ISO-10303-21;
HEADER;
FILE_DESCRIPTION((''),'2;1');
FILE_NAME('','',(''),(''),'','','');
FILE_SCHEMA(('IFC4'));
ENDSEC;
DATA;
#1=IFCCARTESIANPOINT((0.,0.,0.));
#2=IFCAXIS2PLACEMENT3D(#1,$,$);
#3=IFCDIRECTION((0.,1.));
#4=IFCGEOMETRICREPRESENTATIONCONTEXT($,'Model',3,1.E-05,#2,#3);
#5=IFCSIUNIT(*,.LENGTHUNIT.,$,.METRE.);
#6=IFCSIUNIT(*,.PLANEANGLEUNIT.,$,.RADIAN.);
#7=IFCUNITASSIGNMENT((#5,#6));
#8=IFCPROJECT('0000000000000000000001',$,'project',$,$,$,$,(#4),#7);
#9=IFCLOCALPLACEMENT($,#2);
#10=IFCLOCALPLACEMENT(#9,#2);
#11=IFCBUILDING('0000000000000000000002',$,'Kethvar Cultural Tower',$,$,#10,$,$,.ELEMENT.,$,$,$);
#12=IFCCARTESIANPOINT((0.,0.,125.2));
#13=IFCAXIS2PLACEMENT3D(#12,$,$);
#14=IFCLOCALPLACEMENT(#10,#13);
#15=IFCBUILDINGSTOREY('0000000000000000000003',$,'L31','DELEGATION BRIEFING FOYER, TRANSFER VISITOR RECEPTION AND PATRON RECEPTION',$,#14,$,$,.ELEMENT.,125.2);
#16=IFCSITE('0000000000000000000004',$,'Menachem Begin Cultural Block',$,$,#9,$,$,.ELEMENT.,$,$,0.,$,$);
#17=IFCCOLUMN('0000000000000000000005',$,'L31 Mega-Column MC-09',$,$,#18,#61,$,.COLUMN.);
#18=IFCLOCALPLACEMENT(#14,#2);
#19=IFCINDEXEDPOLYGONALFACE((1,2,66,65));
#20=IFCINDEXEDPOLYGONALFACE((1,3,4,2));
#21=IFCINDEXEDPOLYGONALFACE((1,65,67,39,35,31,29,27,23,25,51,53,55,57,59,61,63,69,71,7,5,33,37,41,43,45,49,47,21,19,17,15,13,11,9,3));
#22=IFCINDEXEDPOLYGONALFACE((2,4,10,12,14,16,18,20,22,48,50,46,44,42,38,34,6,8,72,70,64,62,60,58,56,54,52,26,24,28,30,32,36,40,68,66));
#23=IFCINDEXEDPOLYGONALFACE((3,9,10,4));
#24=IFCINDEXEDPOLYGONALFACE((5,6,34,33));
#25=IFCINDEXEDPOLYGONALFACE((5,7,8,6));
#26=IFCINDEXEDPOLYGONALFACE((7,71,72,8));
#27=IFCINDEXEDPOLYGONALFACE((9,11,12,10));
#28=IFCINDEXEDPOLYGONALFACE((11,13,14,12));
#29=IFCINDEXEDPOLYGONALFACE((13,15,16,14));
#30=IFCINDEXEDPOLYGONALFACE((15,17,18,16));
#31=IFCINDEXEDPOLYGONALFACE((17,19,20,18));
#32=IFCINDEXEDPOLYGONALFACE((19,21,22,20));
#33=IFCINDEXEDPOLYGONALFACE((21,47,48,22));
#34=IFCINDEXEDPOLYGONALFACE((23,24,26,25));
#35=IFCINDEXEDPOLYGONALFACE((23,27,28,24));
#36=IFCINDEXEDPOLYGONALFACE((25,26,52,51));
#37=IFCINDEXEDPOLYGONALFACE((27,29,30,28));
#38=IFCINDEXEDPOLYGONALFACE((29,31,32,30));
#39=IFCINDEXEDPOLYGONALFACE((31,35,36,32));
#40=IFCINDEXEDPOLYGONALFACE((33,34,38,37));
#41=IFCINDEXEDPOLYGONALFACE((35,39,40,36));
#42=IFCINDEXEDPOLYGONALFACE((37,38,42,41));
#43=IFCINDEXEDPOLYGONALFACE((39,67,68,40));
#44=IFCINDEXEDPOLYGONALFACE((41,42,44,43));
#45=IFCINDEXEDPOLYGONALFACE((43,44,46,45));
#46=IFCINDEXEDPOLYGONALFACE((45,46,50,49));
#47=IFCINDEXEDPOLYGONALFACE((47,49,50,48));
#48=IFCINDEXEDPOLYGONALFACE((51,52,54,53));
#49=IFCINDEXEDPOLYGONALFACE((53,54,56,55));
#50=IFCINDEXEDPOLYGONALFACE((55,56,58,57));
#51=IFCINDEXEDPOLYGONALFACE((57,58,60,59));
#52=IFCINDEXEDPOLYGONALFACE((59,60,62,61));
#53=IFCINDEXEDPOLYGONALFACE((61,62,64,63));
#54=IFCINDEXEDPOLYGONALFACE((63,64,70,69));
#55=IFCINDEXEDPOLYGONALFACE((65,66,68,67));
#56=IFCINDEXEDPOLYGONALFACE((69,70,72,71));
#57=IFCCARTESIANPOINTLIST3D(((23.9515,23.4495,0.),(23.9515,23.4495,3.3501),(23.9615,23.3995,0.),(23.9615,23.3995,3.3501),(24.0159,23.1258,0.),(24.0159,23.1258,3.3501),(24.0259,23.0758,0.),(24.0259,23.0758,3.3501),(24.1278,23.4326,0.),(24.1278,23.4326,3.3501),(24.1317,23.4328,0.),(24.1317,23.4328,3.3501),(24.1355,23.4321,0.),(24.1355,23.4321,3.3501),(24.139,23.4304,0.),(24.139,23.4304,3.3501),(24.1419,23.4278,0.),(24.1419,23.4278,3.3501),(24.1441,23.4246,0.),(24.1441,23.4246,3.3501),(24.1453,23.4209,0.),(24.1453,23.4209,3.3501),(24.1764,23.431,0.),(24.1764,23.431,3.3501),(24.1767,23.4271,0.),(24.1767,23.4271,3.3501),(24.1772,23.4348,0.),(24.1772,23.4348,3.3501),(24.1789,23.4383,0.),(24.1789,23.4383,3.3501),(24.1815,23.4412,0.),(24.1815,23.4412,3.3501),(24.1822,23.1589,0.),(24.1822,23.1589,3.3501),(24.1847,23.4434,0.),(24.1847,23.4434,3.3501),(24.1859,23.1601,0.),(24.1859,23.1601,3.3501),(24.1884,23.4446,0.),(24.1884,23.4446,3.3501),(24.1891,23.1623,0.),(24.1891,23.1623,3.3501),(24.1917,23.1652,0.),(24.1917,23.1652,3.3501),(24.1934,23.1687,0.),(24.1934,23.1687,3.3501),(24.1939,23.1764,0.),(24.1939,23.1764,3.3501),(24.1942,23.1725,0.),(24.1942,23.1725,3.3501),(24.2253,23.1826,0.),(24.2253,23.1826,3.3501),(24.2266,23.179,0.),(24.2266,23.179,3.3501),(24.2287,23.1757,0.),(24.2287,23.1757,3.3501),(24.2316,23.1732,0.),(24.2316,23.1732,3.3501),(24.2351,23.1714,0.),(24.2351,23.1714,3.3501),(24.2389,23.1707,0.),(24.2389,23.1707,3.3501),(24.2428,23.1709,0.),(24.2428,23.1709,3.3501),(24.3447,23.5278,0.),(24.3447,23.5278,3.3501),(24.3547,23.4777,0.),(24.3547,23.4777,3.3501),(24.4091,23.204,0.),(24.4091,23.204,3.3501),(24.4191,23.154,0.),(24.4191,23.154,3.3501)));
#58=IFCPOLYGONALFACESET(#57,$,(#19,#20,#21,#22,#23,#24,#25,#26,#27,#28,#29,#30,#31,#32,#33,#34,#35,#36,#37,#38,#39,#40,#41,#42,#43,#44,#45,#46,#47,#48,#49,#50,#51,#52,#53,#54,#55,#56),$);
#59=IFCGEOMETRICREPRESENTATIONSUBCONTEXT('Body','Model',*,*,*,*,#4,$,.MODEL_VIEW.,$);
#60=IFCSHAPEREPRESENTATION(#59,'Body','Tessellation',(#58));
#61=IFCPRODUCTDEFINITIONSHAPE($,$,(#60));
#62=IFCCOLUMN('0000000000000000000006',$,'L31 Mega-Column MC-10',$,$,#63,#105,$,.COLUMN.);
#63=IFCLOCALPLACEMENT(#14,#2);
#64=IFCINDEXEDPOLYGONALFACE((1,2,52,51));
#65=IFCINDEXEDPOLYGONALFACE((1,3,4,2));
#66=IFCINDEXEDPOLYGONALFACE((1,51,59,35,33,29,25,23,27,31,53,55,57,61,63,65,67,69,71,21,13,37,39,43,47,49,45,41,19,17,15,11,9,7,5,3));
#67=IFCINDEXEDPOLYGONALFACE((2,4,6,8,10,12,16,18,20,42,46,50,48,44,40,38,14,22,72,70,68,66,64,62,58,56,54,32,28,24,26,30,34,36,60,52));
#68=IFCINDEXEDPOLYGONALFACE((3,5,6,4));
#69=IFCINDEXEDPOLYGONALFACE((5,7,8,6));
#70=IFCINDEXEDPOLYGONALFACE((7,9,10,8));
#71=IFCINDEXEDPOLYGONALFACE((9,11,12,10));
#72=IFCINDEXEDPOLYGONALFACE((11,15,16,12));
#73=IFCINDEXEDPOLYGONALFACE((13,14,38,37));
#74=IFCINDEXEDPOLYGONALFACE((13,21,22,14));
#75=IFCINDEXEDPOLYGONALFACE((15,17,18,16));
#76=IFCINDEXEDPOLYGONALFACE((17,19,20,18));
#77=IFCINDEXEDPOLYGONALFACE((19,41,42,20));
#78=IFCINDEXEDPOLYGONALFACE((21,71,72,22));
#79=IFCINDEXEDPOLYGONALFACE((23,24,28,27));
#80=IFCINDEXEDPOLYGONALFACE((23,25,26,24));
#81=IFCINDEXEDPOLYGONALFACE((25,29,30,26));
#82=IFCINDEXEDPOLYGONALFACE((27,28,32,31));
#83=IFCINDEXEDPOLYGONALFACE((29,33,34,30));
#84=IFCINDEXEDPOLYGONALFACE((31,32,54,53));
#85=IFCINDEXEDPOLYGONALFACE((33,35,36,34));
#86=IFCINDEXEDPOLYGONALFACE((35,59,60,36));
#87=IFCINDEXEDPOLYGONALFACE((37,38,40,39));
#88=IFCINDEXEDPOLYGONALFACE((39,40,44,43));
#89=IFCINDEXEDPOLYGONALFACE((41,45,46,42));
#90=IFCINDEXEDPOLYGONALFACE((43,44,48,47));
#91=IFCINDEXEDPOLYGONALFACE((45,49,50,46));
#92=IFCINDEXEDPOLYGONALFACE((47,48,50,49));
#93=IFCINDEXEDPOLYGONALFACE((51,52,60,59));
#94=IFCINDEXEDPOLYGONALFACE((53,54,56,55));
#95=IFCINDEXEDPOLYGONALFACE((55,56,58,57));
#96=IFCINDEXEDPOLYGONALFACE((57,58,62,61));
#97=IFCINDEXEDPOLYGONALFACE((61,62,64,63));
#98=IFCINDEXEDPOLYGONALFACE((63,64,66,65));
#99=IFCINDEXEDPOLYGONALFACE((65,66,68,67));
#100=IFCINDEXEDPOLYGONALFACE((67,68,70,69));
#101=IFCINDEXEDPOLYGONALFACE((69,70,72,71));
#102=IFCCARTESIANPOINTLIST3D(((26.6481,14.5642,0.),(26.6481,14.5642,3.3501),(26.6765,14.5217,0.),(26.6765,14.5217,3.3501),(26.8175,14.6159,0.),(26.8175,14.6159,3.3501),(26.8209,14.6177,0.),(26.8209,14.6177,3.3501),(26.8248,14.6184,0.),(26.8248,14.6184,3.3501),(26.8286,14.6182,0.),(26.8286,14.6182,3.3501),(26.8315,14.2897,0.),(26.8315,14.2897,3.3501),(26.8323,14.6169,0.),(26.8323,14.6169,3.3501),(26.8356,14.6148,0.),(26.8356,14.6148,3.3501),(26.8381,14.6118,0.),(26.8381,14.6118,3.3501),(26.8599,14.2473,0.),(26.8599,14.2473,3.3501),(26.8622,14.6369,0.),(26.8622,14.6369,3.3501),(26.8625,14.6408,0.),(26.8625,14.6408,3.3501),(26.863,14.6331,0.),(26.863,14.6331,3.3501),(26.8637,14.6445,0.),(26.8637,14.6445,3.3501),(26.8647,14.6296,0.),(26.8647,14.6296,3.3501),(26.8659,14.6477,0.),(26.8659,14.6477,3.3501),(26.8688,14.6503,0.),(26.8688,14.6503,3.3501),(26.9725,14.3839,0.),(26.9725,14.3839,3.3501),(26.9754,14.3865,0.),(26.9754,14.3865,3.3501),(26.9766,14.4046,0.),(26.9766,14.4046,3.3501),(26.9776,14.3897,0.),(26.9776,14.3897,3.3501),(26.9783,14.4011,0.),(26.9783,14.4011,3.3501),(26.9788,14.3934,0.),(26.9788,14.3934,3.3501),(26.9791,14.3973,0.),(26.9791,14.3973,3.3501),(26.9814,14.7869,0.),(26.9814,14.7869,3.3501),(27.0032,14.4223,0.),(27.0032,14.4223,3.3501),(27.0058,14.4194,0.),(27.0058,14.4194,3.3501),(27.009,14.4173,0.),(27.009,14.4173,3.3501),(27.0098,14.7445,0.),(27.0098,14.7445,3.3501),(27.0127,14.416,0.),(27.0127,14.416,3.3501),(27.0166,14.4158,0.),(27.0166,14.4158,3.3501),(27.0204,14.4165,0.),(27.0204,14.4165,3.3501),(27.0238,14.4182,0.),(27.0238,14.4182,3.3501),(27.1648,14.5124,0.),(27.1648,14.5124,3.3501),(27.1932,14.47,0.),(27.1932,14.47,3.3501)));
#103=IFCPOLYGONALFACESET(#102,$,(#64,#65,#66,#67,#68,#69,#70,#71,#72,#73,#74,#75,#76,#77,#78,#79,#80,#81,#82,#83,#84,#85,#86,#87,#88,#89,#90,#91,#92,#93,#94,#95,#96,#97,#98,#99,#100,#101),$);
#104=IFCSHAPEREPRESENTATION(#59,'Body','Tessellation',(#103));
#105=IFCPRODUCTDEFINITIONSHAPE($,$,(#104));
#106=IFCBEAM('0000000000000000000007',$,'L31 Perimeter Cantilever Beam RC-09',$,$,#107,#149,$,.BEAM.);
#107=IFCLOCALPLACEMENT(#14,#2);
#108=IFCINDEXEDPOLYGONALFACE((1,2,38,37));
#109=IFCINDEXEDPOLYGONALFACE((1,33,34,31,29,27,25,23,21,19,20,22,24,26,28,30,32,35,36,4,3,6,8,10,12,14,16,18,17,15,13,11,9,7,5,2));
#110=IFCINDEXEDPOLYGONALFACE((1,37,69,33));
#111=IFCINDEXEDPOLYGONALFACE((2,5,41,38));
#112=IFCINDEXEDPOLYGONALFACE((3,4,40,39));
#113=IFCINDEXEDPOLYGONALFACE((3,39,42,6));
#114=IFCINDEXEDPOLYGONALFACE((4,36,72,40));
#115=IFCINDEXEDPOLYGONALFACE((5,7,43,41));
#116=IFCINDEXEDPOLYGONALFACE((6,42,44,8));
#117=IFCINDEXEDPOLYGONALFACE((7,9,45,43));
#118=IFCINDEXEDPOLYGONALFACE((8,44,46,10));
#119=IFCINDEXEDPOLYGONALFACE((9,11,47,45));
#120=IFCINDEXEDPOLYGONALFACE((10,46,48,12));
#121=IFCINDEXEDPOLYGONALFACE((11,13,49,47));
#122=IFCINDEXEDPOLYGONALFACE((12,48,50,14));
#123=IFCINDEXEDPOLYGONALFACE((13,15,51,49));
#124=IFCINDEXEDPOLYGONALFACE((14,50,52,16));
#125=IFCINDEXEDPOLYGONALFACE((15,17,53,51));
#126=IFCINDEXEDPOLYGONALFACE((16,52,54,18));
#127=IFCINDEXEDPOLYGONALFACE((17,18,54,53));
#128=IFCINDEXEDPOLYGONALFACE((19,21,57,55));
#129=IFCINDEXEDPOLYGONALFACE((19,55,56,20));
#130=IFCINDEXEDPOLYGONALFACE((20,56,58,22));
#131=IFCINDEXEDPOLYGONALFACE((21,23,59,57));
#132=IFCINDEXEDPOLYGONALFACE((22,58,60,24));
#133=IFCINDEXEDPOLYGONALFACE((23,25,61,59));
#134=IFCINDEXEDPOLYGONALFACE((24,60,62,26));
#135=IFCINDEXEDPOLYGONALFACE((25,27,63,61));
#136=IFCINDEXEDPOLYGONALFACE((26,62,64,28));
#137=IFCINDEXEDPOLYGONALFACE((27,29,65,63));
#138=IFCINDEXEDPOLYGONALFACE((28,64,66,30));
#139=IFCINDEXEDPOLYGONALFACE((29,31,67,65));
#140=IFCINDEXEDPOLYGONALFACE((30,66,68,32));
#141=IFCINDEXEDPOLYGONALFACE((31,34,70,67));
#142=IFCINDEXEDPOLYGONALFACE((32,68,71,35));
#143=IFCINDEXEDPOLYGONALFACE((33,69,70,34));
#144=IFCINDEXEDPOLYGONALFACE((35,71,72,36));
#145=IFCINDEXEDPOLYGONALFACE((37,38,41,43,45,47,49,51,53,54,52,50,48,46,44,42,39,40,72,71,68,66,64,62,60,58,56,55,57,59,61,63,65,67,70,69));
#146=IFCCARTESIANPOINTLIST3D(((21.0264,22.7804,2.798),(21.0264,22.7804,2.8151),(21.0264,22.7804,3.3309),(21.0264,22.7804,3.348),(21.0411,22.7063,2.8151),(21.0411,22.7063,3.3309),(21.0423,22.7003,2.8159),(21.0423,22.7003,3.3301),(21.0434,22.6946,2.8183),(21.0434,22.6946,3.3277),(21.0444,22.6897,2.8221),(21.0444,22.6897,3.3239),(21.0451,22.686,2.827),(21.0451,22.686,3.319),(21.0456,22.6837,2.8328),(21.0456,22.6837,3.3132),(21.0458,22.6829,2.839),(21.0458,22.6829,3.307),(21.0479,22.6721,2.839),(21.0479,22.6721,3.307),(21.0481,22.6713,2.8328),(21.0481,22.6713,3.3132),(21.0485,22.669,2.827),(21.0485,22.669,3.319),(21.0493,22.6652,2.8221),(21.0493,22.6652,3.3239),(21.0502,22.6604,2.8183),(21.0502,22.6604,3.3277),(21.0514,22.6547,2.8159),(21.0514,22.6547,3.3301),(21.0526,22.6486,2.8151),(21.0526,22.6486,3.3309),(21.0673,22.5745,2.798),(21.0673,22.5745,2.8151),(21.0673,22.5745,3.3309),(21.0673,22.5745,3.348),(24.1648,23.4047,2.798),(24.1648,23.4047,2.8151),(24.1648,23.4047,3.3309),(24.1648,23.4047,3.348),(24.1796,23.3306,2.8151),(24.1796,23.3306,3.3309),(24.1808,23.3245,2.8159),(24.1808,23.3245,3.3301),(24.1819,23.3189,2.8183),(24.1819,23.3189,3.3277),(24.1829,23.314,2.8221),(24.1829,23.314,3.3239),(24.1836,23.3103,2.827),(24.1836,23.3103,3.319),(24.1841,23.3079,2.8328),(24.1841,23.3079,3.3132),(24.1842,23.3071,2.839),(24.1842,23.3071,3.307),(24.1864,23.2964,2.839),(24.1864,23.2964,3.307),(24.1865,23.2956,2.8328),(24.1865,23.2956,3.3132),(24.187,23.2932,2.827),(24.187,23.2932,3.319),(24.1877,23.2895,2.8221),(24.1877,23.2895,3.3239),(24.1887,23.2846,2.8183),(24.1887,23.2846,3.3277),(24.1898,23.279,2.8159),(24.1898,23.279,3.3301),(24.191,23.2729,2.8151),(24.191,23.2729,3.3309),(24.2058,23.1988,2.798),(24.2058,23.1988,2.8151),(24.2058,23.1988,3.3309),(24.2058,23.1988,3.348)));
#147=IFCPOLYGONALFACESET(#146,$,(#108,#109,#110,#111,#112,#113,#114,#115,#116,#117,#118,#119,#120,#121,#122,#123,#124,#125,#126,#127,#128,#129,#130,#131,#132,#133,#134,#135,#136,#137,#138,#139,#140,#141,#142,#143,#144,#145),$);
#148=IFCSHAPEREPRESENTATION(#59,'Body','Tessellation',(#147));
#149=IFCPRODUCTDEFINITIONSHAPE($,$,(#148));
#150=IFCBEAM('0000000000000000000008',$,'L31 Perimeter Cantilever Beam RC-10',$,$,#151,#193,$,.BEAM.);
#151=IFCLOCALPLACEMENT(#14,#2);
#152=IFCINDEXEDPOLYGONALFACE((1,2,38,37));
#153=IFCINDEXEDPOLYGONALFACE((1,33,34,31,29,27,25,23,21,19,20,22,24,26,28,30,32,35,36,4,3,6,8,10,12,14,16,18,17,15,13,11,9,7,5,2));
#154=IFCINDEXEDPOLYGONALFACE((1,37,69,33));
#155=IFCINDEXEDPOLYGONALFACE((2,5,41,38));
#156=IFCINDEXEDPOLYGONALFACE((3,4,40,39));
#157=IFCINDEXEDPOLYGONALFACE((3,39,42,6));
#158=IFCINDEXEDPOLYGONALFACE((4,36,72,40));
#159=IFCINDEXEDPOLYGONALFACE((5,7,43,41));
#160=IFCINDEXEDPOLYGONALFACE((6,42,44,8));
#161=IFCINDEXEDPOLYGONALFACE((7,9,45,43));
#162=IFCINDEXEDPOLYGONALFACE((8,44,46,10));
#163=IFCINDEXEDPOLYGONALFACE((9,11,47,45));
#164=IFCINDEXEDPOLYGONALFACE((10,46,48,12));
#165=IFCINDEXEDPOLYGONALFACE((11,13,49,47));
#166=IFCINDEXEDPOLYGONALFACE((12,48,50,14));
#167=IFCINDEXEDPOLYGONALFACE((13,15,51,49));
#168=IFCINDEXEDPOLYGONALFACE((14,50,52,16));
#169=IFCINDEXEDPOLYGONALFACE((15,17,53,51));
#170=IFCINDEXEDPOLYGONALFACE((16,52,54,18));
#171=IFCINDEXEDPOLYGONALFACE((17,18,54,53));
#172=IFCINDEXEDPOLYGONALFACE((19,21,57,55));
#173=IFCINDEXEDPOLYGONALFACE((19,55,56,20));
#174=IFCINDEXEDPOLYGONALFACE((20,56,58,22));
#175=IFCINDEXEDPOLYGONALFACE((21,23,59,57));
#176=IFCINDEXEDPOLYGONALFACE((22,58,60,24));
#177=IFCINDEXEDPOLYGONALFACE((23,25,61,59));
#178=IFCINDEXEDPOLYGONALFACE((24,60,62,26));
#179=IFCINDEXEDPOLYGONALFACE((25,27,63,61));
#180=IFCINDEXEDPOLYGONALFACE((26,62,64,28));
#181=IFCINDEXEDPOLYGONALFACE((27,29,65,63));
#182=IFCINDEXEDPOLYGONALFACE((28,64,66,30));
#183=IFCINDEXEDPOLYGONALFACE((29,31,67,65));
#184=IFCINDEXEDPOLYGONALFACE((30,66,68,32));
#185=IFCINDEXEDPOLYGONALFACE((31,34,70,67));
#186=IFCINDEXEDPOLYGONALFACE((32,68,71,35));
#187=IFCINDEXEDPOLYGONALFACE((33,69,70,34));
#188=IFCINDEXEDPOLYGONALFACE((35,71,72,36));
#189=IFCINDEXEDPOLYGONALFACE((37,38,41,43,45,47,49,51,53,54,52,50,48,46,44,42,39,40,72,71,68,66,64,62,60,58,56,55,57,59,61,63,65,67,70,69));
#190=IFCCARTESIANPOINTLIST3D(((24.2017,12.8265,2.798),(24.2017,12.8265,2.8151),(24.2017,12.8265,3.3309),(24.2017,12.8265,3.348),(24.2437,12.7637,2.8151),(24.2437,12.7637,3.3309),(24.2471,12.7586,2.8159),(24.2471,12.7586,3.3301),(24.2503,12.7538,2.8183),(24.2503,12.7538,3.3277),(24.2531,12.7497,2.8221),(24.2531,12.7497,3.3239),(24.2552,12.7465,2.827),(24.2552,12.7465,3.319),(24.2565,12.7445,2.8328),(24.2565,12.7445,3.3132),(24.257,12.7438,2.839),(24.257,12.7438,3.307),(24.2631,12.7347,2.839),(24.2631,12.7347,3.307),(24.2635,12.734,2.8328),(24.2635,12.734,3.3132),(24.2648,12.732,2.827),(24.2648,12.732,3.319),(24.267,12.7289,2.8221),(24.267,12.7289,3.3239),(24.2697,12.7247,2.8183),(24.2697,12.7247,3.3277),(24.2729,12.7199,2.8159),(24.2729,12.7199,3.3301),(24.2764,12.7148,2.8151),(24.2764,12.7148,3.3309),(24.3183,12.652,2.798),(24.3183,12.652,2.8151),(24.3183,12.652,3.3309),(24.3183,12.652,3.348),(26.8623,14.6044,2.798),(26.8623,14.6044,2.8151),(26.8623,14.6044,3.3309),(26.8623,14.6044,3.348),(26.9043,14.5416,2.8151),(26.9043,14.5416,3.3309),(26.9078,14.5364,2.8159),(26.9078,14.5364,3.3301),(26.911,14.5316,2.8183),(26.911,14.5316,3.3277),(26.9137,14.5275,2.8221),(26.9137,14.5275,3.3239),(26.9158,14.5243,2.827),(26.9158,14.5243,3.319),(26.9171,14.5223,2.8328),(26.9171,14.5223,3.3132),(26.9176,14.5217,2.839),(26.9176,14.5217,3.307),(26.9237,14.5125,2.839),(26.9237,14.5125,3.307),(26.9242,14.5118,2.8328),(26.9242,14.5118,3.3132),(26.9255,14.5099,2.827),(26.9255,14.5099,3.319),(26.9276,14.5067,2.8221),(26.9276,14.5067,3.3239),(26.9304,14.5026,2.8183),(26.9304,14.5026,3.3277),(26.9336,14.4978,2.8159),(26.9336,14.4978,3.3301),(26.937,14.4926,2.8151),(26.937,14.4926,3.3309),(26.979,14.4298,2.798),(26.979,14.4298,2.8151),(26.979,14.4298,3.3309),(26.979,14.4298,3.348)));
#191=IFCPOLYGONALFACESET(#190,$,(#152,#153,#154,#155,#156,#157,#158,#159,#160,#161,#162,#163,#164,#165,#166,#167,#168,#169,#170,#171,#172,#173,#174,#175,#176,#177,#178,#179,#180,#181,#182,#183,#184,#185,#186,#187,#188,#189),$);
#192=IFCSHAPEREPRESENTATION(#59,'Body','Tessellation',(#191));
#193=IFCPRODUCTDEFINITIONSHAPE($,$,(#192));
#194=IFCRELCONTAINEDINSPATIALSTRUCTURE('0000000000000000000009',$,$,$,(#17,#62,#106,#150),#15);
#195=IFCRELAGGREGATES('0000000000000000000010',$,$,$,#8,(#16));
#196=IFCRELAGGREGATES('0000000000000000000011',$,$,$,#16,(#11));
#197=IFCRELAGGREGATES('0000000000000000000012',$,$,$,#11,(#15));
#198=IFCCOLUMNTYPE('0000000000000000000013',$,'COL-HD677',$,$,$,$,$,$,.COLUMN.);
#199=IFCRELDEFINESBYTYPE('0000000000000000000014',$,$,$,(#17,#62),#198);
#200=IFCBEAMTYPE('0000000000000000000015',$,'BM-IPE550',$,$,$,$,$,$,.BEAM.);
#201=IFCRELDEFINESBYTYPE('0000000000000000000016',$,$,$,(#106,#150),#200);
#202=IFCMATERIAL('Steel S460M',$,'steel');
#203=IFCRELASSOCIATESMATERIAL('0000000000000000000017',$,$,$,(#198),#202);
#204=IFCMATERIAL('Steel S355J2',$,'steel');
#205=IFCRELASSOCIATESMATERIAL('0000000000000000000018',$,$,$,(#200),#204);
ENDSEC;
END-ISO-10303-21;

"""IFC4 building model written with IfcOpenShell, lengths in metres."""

from ifc_helpers import new_model, si_unit, direction, frame, origin, origin_2d, place, context, subcontext, project, spatial, i_section, extrude, source, transform, mapped, material, material_profile, profile_set, type_object, element, save


model = new_model("IFC4")

# Units and contexts
model_context = context("Model", 3, precision=1e-05, world=origin(), true_north=direction((0.0, 1.0)))
body_context = subcontext(model_context, "Body", "Model", "MODEL_VIEW")
ifc_project = project(units=[si_unit("LENGTHUNIT", "METRE"), si_unit("PLANEANGLEUNIT", "RADIAN")], contexts=[model_context])

# Site, building, storey
site_placement = place(None, origin())
site = spatial("IfcSite", under=ifc_project, at=site_placement, Name="Menachem Begin Cultural Block", CompositionType="ELEMENT", RefElevation=0.0)
building_placement = place(site_placement, origin())
building = spatial("IfcBuilding", under=site, at=building_placement, Name="Kethvar Cultural Tower", CompositionType="ELEMENT")
storey_placement = place(building_placement, frame((0.0, 0.0, 125.2)))
storey = spatial("IfcBuildingStorey", under=building, at=storey_placement, Name="L31", Description="DELEGATION BRIEFING FOYER, TRANSFER VISITOR RECEPTION AND PATRON RECEPTION", CompositionType="ELEMENT", Elevation=125.2)

# Columns
ifc_material_1 = material(Name="Steel S460M", Category="steel")
ifc_material_profile_1 = material_profile(ifc_material_1, i_section(OverallWidth=0.4009, OverallDepth=0.3811, WebThickness=0.032, FlangeThickness=0.051, FilletRadius=0.0149, at=origin_2d()), Name="Steel S460M — HD400x677")
ifc_profile_set_1 = profile_set([ifc_material_profile_1], Name="Steel S460M — HD400x677")
column_type = type_object("IfcColumnType", Name="COL-HD677", PredefinedType="COLUMN", material=ifc_profile_set_1)
shared_shape_1 = source(origin(), body_context, "Body", "SweptSolid", [
    extrude(i_section(OverallWidth=0.4009, OverallDepth=0.3811, WebThickness=0.032, FlangeThickness=0.051, FilletRadius=0.0149, at=origin_2d()), origin(), (0.0, 0.0, 1.0), 3.3501),
])
for number, where, z_axis, x_axis, name in (
    (1, (24.1853, 23.3018, 0.0), (0.0, 0.0, 1.0), (-0.980785, -0.19509, 0.0), "L31 Mega-Column MC-09"),
    (2, (26.9207, 14.5171, 0.0), (0.0, 0.0, 1.0), (-0.83147, -0.55557, 0.0), "L31 Mega-Column MC-10"),
):
    element("IfcColumn", number, at=place(storey_placement, frame(where, z_axis=z_axis, x_axis=x_axis)), inside=storey, type_object=column_type, Name=name, PredefinedType="COLUMN", context=body_context, shape_type="MappedRepresentation", body=[
        mapped(shared_shape_1, transform((0.0, 0.0, 0.0), scale=1.0)),
    ])

# Beams
ifc_material_2 = material(Name="Steel S355J2", Category="steel")
ifc_material_profile_2 = material_profile(ifc_material_2, i_section(OverallWidth=0.21, OverallDepth=0.55, WebThickness=0.011, FlangeThickness=0.0171, FilletRadius=0.0239, at=origin_2d()), Name="Steel S355J2 — IPE550")
ifc_profile_set_2 = profile_set([ifc_material_profile_2], Name="Steel S355J2 — IPE550")
beam_type_1 = type_object("IfcBeamType", Name="BM-IPE550", PredefinedType="BEAM", material=ifc_profile_set_2)
shared_shape_2 = source(origin(), body_context, "Body", "SweptSolid", [
    extrude(i_section(OverallWidth=0.21, OverallDepth=0.55, WebThickness=0.011, FlangeThickness=0.0171, FilletRadius=0.0239, at=origin_2d()), origin(), (0.0, 0.0, 1.0), 3.2),
])
for number, where, z_axis, x_axis, name in (
    (3, (24.1853, 23.3018, 3.073), (-0.980786, -0.195089, 0.0), (0.195089, -0.980786, 0.0), "L31 Perimeter Cantilever Beam RC-09"),
    (4, (26.9207, 14.5171, 3.073), (-0.831463, -0.55558, 0.0), (0.55558, -0.831463, 0.0), "L31 Perimeter Cantilever Beam RC-10"),
):
    element("IfcBeam", number, at=place(storey_placement, frame(where, z_axis=z_axis, x_axis=x_axis)), inside=storey, type_object=beam_type_1, Name=name, PredefinedType="BEAM", context=body_context, shape_type="MappedRepresentation", body=[
        mapped(shared_shape_2, transform((0.0, 0.0, 0.0), scale=1.0)),
    ])

save(model, "model.ifc")
